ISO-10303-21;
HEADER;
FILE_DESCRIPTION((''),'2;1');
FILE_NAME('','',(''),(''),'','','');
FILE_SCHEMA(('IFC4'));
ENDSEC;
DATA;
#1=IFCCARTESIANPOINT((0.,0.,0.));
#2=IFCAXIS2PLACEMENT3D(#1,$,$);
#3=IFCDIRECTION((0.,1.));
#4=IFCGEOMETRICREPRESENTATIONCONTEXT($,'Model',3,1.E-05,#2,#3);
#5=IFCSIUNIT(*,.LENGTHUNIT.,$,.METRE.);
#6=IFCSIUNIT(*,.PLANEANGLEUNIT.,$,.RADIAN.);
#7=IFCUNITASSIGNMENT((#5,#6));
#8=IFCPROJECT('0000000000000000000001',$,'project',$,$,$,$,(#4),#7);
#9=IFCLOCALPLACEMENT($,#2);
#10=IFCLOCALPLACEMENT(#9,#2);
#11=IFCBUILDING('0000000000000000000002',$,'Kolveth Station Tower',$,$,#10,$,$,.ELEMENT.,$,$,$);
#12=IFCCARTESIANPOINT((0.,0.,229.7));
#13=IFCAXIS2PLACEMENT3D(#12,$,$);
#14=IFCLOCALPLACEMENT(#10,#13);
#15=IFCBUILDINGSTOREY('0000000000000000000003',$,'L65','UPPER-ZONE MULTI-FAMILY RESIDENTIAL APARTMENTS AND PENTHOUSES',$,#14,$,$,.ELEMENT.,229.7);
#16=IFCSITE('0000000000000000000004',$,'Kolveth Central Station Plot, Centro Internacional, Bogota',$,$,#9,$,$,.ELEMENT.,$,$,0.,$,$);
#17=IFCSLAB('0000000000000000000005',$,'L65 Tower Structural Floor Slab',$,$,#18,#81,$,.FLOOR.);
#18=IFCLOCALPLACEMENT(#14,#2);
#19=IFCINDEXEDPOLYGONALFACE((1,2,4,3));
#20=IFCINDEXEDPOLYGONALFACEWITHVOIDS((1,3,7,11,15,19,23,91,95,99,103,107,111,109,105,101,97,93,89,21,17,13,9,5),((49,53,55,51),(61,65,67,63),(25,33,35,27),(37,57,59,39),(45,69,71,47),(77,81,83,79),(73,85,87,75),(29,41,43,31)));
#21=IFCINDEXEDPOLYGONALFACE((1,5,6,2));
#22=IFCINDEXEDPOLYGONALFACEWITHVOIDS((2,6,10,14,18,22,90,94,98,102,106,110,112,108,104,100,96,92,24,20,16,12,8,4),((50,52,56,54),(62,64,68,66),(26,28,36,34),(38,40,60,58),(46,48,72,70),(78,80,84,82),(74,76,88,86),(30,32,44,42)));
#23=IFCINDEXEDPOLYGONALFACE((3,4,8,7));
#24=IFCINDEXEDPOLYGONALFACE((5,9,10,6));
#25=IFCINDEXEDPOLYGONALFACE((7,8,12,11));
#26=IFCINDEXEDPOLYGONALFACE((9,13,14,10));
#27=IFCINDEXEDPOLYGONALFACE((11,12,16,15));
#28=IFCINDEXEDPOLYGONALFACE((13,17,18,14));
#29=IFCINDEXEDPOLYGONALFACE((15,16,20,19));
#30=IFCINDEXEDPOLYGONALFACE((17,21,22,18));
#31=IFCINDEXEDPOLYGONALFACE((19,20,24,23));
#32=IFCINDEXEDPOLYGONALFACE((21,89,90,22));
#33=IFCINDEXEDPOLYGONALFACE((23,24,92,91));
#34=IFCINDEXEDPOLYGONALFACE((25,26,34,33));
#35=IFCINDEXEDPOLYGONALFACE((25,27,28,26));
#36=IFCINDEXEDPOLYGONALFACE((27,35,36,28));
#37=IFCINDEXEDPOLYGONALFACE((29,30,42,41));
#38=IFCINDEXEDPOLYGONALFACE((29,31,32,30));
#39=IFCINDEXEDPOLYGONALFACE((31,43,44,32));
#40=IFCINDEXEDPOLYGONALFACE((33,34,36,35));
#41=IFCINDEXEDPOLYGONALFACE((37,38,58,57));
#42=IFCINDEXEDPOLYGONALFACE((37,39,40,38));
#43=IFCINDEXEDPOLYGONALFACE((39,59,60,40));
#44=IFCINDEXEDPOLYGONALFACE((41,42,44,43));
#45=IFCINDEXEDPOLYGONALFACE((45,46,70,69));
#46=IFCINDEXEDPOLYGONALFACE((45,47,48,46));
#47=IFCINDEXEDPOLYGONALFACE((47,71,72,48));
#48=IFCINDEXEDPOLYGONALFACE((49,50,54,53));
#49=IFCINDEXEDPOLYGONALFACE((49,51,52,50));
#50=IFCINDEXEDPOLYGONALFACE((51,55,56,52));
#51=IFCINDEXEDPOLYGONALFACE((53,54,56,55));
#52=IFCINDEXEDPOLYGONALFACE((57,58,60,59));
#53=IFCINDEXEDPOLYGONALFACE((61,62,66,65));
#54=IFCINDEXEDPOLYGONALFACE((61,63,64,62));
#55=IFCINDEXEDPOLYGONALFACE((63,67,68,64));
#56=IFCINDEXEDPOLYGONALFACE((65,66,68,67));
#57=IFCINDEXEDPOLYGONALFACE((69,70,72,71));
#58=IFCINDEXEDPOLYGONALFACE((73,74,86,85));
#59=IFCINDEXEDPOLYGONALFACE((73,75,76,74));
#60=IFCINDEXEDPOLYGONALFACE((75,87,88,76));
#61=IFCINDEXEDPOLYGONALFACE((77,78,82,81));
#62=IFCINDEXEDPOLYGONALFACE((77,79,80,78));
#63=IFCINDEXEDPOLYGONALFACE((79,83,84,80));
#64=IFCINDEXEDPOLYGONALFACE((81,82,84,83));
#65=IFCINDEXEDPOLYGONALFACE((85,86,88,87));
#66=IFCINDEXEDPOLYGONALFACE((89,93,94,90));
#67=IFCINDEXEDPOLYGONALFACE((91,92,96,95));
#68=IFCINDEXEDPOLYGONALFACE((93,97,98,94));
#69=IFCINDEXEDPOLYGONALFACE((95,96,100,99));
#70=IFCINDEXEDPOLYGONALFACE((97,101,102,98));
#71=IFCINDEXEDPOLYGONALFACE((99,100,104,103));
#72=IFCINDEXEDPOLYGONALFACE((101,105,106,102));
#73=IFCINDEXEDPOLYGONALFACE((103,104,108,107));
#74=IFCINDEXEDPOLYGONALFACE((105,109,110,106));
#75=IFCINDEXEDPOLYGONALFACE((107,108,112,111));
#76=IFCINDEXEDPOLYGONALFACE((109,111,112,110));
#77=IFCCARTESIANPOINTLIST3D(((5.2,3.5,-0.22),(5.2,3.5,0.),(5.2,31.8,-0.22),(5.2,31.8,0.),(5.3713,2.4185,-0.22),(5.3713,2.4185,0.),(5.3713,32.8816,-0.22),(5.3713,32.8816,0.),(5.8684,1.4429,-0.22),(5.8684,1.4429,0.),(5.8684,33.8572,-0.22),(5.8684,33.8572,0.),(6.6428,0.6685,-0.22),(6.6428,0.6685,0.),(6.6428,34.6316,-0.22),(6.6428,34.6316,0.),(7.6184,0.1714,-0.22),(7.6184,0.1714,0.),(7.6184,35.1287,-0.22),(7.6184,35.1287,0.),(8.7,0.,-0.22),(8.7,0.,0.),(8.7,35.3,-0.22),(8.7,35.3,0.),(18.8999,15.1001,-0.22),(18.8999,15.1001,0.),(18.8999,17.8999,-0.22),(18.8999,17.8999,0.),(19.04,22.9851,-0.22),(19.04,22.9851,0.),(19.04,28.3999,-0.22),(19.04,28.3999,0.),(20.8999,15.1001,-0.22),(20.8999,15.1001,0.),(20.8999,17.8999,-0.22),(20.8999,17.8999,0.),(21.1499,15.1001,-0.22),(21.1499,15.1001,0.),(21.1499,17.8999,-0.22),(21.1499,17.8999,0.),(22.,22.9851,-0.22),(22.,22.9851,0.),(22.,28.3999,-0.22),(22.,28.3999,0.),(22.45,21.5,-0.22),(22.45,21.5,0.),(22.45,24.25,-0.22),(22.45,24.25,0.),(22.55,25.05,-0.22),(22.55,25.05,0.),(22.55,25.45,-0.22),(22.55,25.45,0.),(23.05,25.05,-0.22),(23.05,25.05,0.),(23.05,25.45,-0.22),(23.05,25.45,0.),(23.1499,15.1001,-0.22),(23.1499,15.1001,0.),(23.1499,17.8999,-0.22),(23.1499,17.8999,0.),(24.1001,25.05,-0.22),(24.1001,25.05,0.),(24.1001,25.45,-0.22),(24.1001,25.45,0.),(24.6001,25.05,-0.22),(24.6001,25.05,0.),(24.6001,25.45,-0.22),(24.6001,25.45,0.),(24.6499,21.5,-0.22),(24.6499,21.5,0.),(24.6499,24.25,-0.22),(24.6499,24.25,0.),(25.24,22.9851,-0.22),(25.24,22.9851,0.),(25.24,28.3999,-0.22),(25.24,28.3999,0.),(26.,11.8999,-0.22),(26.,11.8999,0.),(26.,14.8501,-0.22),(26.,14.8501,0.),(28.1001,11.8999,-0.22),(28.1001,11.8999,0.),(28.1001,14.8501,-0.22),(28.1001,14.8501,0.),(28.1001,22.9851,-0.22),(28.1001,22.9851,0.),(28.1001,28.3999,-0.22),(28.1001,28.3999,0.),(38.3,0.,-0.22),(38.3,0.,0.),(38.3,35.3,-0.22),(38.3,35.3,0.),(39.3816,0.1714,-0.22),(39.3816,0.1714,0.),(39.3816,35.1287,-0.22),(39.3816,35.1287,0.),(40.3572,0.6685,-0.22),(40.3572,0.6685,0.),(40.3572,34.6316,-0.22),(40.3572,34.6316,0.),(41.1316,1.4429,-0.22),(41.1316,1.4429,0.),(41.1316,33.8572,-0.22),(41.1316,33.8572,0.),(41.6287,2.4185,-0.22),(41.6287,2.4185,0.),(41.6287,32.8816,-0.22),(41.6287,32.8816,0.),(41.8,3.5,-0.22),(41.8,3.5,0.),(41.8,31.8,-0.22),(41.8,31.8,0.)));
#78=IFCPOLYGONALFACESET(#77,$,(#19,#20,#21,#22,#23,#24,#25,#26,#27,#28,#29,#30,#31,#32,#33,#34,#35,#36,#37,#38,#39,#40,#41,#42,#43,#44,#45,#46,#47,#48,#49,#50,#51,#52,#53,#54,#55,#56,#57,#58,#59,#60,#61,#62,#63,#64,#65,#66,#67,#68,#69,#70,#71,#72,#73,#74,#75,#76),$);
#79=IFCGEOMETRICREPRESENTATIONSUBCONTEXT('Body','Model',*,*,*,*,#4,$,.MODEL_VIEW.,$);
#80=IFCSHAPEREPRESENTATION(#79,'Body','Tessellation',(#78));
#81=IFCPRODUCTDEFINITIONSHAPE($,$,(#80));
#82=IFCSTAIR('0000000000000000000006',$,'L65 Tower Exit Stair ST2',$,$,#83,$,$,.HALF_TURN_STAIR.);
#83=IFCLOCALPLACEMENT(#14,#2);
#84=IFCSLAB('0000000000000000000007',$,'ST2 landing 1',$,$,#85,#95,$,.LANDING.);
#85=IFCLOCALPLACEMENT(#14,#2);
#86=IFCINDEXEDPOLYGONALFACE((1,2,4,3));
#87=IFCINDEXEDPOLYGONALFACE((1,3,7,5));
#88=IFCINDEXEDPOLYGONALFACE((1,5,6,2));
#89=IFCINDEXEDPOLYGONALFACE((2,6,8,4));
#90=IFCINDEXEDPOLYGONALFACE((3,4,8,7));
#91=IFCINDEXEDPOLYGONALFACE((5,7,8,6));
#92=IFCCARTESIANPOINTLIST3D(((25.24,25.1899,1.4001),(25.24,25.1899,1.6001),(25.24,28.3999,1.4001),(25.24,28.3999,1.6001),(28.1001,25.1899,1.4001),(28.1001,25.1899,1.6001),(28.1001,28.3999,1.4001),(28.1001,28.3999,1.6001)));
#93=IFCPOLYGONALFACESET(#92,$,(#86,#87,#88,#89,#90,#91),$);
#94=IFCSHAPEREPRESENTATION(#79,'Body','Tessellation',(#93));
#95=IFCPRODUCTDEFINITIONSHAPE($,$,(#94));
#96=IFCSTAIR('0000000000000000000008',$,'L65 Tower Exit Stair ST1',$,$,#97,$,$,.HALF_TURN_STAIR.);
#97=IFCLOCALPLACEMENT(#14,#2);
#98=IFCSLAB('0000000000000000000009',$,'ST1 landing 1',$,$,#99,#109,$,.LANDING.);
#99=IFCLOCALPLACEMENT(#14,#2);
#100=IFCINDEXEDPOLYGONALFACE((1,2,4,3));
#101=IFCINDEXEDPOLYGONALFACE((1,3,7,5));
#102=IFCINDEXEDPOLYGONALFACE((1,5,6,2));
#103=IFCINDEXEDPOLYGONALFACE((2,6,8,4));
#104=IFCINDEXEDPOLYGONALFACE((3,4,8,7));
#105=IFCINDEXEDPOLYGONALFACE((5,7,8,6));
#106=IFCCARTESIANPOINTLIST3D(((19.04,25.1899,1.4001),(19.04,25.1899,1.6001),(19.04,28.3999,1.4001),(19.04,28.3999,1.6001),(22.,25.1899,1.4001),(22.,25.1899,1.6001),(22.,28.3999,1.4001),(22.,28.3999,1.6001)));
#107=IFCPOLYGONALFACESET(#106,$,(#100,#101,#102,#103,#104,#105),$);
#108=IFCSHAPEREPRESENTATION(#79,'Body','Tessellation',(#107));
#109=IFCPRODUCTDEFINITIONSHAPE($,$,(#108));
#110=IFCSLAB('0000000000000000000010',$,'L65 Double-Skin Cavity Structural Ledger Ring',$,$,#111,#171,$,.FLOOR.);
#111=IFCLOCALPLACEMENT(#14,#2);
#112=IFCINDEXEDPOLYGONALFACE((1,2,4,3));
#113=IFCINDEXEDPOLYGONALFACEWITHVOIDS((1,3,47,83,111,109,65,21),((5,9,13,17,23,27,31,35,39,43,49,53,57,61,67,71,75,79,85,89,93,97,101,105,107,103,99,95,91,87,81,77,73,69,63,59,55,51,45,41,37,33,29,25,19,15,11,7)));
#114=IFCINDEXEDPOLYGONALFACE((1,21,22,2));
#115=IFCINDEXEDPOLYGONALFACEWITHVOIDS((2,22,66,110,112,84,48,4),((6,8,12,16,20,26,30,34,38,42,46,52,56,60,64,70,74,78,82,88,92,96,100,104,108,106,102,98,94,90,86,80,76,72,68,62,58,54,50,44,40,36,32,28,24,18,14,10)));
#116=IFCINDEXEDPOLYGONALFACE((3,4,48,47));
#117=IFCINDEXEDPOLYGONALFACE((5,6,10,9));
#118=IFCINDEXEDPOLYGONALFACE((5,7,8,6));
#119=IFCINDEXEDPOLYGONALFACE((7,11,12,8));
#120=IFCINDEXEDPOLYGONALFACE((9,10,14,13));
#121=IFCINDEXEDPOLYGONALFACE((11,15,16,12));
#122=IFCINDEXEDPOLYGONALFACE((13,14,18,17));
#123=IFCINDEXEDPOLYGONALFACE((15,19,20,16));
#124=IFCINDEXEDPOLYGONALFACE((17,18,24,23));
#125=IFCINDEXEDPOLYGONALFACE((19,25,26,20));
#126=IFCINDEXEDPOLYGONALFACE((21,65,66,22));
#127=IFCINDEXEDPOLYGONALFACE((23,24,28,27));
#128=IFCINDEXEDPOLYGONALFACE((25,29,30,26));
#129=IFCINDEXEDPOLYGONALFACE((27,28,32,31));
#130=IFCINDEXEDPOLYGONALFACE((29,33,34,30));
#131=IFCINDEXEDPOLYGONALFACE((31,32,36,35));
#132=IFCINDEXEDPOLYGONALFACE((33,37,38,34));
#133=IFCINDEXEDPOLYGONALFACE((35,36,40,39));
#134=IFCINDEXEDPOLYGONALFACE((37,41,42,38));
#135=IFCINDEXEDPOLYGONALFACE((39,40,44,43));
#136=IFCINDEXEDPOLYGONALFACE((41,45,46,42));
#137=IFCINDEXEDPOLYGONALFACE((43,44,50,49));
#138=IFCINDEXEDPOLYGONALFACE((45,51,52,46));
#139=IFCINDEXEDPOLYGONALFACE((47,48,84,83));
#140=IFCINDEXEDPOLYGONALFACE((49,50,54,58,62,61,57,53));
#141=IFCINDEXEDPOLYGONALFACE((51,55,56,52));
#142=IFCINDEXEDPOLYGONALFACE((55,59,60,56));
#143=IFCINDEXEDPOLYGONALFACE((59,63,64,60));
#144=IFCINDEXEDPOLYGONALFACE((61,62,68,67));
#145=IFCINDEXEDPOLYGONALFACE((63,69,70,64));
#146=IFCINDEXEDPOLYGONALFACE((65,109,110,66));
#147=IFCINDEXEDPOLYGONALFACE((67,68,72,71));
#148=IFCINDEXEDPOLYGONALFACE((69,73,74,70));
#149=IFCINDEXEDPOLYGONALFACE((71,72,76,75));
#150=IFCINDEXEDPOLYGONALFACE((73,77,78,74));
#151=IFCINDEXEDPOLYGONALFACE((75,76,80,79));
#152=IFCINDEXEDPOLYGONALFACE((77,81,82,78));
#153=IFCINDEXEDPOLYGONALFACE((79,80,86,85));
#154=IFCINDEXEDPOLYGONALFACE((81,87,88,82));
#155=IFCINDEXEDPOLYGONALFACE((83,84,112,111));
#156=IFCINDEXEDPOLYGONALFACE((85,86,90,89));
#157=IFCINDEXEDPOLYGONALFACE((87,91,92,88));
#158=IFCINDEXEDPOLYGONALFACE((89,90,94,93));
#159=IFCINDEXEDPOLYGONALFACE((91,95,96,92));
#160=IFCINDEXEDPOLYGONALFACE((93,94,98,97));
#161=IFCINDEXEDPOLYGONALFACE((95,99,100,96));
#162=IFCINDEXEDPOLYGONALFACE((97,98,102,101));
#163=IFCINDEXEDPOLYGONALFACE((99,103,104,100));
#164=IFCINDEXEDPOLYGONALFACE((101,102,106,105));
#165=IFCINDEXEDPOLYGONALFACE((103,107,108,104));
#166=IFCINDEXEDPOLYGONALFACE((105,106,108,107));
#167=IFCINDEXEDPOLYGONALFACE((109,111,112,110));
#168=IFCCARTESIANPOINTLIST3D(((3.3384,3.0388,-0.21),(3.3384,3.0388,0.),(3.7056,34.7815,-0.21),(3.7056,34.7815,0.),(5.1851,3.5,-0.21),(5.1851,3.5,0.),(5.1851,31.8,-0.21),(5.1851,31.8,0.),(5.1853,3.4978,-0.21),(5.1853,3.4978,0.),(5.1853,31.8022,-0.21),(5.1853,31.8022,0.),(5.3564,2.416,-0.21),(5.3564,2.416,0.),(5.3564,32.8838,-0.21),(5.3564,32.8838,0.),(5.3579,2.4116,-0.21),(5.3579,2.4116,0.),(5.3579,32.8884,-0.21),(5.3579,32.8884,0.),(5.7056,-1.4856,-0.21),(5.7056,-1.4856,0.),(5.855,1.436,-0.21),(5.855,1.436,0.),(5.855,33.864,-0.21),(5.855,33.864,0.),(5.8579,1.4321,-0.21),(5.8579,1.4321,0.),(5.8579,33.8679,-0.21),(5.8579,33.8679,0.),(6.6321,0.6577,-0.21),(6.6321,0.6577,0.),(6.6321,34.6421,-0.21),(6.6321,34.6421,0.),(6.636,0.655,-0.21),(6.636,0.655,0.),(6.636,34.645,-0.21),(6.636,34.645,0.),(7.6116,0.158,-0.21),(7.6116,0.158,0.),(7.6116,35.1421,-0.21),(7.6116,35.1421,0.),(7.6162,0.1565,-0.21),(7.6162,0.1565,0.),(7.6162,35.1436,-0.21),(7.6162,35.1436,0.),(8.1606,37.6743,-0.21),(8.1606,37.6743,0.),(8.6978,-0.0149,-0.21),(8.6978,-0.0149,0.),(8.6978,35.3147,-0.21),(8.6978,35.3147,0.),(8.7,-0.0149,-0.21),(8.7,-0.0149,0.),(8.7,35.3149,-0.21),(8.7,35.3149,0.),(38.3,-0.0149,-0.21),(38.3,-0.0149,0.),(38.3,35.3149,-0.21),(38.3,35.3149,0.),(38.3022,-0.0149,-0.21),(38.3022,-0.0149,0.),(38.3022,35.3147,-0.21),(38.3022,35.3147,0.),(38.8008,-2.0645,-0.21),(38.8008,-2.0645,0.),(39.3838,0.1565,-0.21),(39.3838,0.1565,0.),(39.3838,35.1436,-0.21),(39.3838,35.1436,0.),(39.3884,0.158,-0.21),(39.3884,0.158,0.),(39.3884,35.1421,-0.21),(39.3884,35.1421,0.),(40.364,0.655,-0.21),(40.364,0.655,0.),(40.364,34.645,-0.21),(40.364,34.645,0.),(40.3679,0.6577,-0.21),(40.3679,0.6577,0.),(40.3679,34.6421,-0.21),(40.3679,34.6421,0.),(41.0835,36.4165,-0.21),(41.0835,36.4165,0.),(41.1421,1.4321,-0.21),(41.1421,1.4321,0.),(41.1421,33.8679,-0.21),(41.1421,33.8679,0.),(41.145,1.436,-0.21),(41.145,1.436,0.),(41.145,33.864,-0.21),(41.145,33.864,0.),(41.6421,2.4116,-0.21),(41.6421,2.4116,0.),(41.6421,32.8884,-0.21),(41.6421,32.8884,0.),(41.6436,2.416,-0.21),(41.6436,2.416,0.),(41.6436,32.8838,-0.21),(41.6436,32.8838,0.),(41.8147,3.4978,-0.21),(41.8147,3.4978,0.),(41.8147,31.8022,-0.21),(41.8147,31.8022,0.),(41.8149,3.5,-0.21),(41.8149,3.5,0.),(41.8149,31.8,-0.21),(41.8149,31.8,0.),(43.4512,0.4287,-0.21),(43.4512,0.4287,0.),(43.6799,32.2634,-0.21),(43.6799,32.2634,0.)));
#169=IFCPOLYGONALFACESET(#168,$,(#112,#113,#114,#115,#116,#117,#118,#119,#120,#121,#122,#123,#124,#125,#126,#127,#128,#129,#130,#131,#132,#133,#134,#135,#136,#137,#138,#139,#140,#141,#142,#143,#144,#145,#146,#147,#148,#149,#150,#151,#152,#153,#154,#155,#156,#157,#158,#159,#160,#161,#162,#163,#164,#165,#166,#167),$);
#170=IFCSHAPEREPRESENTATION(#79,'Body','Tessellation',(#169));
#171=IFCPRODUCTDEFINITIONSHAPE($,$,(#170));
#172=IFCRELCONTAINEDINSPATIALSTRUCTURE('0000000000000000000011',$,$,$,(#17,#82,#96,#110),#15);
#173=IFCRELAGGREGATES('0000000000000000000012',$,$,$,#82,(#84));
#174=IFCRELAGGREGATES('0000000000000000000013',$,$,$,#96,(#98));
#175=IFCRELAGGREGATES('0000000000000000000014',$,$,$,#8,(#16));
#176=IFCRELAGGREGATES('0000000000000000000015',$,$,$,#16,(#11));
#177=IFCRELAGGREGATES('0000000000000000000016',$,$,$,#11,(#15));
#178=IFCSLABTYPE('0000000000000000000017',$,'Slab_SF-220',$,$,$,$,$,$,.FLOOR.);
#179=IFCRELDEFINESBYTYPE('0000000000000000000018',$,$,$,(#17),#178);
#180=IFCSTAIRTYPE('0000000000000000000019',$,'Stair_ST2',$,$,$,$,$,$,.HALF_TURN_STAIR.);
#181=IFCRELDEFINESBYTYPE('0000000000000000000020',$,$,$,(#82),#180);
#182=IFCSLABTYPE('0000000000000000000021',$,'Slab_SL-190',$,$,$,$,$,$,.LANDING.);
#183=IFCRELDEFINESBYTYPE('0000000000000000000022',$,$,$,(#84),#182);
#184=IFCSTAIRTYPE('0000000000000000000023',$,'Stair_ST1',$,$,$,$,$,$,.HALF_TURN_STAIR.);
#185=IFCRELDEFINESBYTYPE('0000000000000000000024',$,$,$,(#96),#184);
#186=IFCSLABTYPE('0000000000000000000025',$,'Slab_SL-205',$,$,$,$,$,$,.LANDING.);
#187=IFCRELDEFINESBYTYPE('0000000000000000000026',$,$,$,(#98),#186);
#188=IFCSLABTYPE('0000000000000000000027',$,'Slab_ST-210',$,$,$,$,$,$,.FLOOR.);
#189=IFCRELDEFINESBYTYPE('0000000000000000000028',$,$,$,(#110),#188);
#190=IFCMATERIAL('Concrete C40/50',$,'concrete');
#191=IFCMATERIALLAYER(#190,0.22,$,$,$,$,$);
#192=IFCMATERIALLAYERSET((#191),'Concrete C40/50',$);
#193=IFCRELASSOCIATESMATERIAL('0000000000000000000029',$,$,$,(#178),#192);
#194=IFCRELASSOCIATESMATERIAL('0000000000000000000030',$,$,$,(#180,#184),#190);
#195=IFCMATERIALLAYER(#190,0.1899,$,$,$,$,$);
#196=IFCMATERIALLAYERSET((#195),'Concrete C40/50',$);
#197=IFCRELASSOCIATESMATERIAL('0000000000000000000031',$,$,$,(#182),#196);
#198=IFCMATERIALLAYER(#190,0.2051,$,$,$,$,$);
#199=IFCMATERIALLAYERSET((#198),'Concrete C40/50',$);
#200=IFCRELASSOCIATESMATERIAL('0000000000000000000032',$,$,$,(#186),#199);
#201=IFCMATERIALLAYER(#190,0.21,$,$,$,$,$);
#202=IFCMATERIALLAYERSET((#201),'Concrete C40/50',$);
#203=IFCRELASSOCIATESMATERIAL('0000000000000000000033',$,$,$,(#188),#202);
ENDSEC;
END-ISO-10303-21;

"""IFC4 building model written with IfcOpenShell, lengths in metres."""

from ifc_helpers import new_model, si_unit, direction, frame, origin, place, context, subcontext, project, spatial, polyline, outline, extrude, material, layer, layer_set, type_object, element, aggregate, save


model = new_model("IFC4")

# Units and contexts
model_context = context("Model", 3, precision=1e-05, world=origin(), true_north=direction((0.0, 1.0)))
body_context = subcontext(model_context, "Body", "Model", "MODEL_VIEW")
ifc_project = project(units=[si_unit("LENGTHUNIT", "METRE"), si_unit("PLANEANGLEUNIT", "RADIAN")], contexts=[model_context])

# Site, building, storey
site_placement = place(None, origin())
site = spatial("IfcSite", under=ifc_project, at=site_placement, Name="Kolveth Central Station Plot, Centro Internacional, Bogota", CompositionType="ELEMENT", RefElevation=0.0)
building_placement = place(site_placement, origin())
building = spatial("IfcBuilding", under=site, at=building_placement, Name="Kolveth Station Tower", CompositionType="ELEMENT")
storey_placement = place(building_placement, frame((0.0, 0.0, 229.7)))
storey = spatial("IfcBuildingStorey", under=building, at=storey_placement, Name="L65", Description="UPPER-ZONE MULTI-FAMILY RESIDENTIAL APARTMENTS AND PENTHOUSES", CompositionType="ELEMENT", Elevation=229.7)

# Slab
ifc_material_1 = material(Name="Concrete C40/50", Category="concrete")
ifc_layer_1 = layer(ifc_material_1, 0.22)
ifc_layer_set_1 = layer_set([ifc_layer_1], Name="Concrete C40/50")
slab_type_1 = type_object("IfcSlabType", Name="Slab_SF-220", PredefinedType="FLOOR", material=ifc_layer_set_1)
slab_1_placement = place(storey_placement, frame((0.0, 0.0, -0.22)))
element("IfcSlab", 1, at=slab_1_placement, inside=storey, type_object=slab_type_1, Name="L65 Tower Structural Floor Slab", PredefinedType="FLOOR", context=body_context, shape_type="SweptSolid", body=[
    extrude(outline(polyline([(38.3, 0.0), (39.3816, 0.1714), (40.3572, 0.6685), (41.1316, 1.4429), (41.6287, 2.4185), (41.8, 3.5), (41.8, 31.8), (41.6287, 32.8816), (41.1316, 33.8572), (40.3572, 34.6316), (39.3816, 35.1287), (38.3, 35.3), (8.7, 35.3), (7.6184, 35.1287), (6.6428, 34.6316), (5.8684, 33.8572), (5.3713, 32.8816), (5.2, 31.8), (5.2, 3.5), (5.3713, 2.4185), (5.8684, 1.4429), (6.6428, 0.6685), (7.6184, 0.1714), (8.7, 0.0), (38.3, 0.0)]), holes=[polyline([(19.04, 22.9851), (22.0, 22.9851), (22.0, 28.3999), (19.04, 28.3999), (19.04, 22.9851)]), polyline([(25.24, 22.9851), (28.1001, 22.9851), (28.1001, 28.3999), (25.24, 28.3999), (25.24, 22.9851)]), polyline([(18.8999, 15.1001), (20.8999, 15.1001), (20.8999, 17.8999), (18.8999, 17.8999), (18.8999, 15.1001)]), polyline([(21.1499, 15.1001), (23.1499, 15.1001), (23.1499, 17.8999), (21.1499, 17.8999), (21.1499, 15.1001)]), polyline([(22.45, 21.5), (24.6499, 21.5), (24.6499, 24.25), (22.45, 24.25), (22.45, 21.5)]), polyline([(26.0, 11.8999), (28.1001, 11.8999), (28.1001, 14.8501), (26.0, 14.8501), (26.0, 11.8999)]), polyline([(22.55, 25.05), (23.05, 25.05), (23.05, 25.45), (22.55, 25.45), (22.55, 25.05)]), polyline([(24.1001, 25.05), (24.6001, 25.05), (24.6001, 25.45), (24.1001, 25.45), (24.1001, 25.05)])]), origin(), (0.0, 0.0, 1.0), 0.22),
])

# Stairs, slabs
stair_type_1 = type_object("IfcStairType", Name="Stair_ST2", PredefinedType="HALF_TURN_STAIR", material=ifc_material_1)
stair_1_placement = place(storey_placement, origin())
stair_1 = element("IfcStair", 2, at=stair_1_placement, inside=storey, type_object=stair_type_1, Name="L65 Tower Exit Stair ST2", PredefinedType="HALF_TURN_STAIR")
ifc_layer_2 = layer(ifc_material_1, 0.1899)
ifc_layer_set_2 = layer_set([ifc_layer_2], Name="Concrete C40/50")
slab_type_2 = type_object("IfcSlabType", Name="Slab_SL-190", PredefinedType="LANDING", material=ifc_layer_set_2)
slab_2_placement = place(storey_placement, frame((0.0, 0.0, 1.4001)))
slab_2 = element("IfcSlab", 3, at=slab_2_placement, type_object=slab_type_2, Name="ST2 landing 1", PredefinedType="LANDING", context=body_context, shape_type="SweptSolid", body=[
    extrude(outline(polyline([(28.1001, 25.1899), (28.1001, 28.3999), (25.24, 28.3999), (25.24, 25.1899), (28.1001, 25.1899)])), origin(), (0.0, 0.0, 1.0), 0.2),
])
aggregate(stair_1, [slab_2])
stair_type_2 = type_object("IfcStairType", Name="Stair_ST1", PredefinedType="HALF_TURN_STAIR", material=ifc_material_1)
stair_2_placement = place(storey_placement, origin())
stair_2 = element("IfcStair", 4, at=stair_2_placement, inside=storey, type_object=stair_type_2, Name="L65 Tower Exit Stair ST1", PredefinedType="HALF_TURN_STAIR")
ifc_layer_3 = layer(ifc_material_1, 0.2051)
ifc_layer_set_3 = layer_set([ifc_layer_3], Name="Concrete C40/50")
slab_type_3 = type_object("IfcSlabType", Name="Slab_SL-205", PredefinedType="LANDING", material=ifc_layer_set_3)
slab_3_placement = place(storey_placement, frame((0.0, 0.0, 1.4001)))
slab_3 = element("IfcSlab", 5, at=slab_3_placement, type_object=slab_type_3, Name="ST1 landing 1", PredefinedType="LANDING", context=body_context, shape_type="SweptSolid", body=[
    extrude(outline(polyline([(22.0, 25.1899), (22.0, 28.3999), (19.04, 28.3999), (19.04, 25.1899), (22.0, 25.1899)])), origin(), (0.0, 0.0, 1.0), 0.2),
])
aggregate(stair_2, [slab_3])

# Slab
ifc_layer_4 = layer(ifc_material_1, 0.21)
ifc_layer_set_4 = layer_set([ifc_layer_4], Name="Concrete C40/50")
slab_type_4 = type_object("IfcSlabType", Name="Slab_ST-210", PredefinedType="FLOOR", material=ifc_layer_set_4)
slab_4_placement = place(storey_placement, frame((0.0, 0.0, -0.21)))
element("IfcSlab", 6, at=slab_4_placement, inside=storey, type_object=slab_type_4, Name="L65 Double-Skin Cavity Structural Ledger Ring", PredefinedType="FLOOR", context=body_context, shape_type="SweptSolid", body=[
    extrude(outline(polyline([(5.7056, -1.4856), (3.3384, 3.0388), (3.7056, 34.7815), (8.1606, 37.6743), (41.0835, 36.4165), (43.6799, 32.2634), (43.4512, 0.4287), (38.8008, -2.0645), (5.7056, -1.4856)]), holes=[polyline([(38.3022, -0.0149), (39.3838, 0.1565), (39.3884, 0.158), (40.364, 0.655), (40.3679, 0.6577), (41.1421, 1.4321), (41.145, 1.436), (41.6421, 2.4116), (41.6436, 2.416), (41.8147, 3.4978), (41.8149, 3.5), (41.8149, 31.8), (41.8147, 31.8022), (41.6436, 32.8838), (41.6421, 32.8884), (41.145, 33.864), (41.1421, 33.8679), (40.3679, 34.6421), (40.364, 34.645), (39.3884, 35.1421), (39.3838, 35.1436), (38.3022, 35.3147), (38.3, 35.3149), (8.7, 35.3149), (8.6978, 35.3147), (7.6162, 35.1436), (7.6116, 35.1421), (6.636, 34.645), (6.6321, 34.6421), (5.8579, 33.8679), (5.855, 33.864), (5.3579, 32.8884), (5.3564, 32.8838), (5.1853, 31.8022), (5.1851, 31.8), (5.1851, 3.5), (5.1853, 3.4978), (5.3564, 2.416), (5.3579, 2.4116), (5.855, 1.436), (5.8579, 1.4321), (6.6321, 0.6577), (6.636, 0.655), (7.6116, 0.158), (7.6162, 0.1565), (8.6978, -0.0149), (8.7, -0.0149), (38.3, -0.0149), (38.3022, -0.0149)])]), origin(), (0.0, 0.0, 1.0), 0.21),
])

save(model, "model.ifc")
